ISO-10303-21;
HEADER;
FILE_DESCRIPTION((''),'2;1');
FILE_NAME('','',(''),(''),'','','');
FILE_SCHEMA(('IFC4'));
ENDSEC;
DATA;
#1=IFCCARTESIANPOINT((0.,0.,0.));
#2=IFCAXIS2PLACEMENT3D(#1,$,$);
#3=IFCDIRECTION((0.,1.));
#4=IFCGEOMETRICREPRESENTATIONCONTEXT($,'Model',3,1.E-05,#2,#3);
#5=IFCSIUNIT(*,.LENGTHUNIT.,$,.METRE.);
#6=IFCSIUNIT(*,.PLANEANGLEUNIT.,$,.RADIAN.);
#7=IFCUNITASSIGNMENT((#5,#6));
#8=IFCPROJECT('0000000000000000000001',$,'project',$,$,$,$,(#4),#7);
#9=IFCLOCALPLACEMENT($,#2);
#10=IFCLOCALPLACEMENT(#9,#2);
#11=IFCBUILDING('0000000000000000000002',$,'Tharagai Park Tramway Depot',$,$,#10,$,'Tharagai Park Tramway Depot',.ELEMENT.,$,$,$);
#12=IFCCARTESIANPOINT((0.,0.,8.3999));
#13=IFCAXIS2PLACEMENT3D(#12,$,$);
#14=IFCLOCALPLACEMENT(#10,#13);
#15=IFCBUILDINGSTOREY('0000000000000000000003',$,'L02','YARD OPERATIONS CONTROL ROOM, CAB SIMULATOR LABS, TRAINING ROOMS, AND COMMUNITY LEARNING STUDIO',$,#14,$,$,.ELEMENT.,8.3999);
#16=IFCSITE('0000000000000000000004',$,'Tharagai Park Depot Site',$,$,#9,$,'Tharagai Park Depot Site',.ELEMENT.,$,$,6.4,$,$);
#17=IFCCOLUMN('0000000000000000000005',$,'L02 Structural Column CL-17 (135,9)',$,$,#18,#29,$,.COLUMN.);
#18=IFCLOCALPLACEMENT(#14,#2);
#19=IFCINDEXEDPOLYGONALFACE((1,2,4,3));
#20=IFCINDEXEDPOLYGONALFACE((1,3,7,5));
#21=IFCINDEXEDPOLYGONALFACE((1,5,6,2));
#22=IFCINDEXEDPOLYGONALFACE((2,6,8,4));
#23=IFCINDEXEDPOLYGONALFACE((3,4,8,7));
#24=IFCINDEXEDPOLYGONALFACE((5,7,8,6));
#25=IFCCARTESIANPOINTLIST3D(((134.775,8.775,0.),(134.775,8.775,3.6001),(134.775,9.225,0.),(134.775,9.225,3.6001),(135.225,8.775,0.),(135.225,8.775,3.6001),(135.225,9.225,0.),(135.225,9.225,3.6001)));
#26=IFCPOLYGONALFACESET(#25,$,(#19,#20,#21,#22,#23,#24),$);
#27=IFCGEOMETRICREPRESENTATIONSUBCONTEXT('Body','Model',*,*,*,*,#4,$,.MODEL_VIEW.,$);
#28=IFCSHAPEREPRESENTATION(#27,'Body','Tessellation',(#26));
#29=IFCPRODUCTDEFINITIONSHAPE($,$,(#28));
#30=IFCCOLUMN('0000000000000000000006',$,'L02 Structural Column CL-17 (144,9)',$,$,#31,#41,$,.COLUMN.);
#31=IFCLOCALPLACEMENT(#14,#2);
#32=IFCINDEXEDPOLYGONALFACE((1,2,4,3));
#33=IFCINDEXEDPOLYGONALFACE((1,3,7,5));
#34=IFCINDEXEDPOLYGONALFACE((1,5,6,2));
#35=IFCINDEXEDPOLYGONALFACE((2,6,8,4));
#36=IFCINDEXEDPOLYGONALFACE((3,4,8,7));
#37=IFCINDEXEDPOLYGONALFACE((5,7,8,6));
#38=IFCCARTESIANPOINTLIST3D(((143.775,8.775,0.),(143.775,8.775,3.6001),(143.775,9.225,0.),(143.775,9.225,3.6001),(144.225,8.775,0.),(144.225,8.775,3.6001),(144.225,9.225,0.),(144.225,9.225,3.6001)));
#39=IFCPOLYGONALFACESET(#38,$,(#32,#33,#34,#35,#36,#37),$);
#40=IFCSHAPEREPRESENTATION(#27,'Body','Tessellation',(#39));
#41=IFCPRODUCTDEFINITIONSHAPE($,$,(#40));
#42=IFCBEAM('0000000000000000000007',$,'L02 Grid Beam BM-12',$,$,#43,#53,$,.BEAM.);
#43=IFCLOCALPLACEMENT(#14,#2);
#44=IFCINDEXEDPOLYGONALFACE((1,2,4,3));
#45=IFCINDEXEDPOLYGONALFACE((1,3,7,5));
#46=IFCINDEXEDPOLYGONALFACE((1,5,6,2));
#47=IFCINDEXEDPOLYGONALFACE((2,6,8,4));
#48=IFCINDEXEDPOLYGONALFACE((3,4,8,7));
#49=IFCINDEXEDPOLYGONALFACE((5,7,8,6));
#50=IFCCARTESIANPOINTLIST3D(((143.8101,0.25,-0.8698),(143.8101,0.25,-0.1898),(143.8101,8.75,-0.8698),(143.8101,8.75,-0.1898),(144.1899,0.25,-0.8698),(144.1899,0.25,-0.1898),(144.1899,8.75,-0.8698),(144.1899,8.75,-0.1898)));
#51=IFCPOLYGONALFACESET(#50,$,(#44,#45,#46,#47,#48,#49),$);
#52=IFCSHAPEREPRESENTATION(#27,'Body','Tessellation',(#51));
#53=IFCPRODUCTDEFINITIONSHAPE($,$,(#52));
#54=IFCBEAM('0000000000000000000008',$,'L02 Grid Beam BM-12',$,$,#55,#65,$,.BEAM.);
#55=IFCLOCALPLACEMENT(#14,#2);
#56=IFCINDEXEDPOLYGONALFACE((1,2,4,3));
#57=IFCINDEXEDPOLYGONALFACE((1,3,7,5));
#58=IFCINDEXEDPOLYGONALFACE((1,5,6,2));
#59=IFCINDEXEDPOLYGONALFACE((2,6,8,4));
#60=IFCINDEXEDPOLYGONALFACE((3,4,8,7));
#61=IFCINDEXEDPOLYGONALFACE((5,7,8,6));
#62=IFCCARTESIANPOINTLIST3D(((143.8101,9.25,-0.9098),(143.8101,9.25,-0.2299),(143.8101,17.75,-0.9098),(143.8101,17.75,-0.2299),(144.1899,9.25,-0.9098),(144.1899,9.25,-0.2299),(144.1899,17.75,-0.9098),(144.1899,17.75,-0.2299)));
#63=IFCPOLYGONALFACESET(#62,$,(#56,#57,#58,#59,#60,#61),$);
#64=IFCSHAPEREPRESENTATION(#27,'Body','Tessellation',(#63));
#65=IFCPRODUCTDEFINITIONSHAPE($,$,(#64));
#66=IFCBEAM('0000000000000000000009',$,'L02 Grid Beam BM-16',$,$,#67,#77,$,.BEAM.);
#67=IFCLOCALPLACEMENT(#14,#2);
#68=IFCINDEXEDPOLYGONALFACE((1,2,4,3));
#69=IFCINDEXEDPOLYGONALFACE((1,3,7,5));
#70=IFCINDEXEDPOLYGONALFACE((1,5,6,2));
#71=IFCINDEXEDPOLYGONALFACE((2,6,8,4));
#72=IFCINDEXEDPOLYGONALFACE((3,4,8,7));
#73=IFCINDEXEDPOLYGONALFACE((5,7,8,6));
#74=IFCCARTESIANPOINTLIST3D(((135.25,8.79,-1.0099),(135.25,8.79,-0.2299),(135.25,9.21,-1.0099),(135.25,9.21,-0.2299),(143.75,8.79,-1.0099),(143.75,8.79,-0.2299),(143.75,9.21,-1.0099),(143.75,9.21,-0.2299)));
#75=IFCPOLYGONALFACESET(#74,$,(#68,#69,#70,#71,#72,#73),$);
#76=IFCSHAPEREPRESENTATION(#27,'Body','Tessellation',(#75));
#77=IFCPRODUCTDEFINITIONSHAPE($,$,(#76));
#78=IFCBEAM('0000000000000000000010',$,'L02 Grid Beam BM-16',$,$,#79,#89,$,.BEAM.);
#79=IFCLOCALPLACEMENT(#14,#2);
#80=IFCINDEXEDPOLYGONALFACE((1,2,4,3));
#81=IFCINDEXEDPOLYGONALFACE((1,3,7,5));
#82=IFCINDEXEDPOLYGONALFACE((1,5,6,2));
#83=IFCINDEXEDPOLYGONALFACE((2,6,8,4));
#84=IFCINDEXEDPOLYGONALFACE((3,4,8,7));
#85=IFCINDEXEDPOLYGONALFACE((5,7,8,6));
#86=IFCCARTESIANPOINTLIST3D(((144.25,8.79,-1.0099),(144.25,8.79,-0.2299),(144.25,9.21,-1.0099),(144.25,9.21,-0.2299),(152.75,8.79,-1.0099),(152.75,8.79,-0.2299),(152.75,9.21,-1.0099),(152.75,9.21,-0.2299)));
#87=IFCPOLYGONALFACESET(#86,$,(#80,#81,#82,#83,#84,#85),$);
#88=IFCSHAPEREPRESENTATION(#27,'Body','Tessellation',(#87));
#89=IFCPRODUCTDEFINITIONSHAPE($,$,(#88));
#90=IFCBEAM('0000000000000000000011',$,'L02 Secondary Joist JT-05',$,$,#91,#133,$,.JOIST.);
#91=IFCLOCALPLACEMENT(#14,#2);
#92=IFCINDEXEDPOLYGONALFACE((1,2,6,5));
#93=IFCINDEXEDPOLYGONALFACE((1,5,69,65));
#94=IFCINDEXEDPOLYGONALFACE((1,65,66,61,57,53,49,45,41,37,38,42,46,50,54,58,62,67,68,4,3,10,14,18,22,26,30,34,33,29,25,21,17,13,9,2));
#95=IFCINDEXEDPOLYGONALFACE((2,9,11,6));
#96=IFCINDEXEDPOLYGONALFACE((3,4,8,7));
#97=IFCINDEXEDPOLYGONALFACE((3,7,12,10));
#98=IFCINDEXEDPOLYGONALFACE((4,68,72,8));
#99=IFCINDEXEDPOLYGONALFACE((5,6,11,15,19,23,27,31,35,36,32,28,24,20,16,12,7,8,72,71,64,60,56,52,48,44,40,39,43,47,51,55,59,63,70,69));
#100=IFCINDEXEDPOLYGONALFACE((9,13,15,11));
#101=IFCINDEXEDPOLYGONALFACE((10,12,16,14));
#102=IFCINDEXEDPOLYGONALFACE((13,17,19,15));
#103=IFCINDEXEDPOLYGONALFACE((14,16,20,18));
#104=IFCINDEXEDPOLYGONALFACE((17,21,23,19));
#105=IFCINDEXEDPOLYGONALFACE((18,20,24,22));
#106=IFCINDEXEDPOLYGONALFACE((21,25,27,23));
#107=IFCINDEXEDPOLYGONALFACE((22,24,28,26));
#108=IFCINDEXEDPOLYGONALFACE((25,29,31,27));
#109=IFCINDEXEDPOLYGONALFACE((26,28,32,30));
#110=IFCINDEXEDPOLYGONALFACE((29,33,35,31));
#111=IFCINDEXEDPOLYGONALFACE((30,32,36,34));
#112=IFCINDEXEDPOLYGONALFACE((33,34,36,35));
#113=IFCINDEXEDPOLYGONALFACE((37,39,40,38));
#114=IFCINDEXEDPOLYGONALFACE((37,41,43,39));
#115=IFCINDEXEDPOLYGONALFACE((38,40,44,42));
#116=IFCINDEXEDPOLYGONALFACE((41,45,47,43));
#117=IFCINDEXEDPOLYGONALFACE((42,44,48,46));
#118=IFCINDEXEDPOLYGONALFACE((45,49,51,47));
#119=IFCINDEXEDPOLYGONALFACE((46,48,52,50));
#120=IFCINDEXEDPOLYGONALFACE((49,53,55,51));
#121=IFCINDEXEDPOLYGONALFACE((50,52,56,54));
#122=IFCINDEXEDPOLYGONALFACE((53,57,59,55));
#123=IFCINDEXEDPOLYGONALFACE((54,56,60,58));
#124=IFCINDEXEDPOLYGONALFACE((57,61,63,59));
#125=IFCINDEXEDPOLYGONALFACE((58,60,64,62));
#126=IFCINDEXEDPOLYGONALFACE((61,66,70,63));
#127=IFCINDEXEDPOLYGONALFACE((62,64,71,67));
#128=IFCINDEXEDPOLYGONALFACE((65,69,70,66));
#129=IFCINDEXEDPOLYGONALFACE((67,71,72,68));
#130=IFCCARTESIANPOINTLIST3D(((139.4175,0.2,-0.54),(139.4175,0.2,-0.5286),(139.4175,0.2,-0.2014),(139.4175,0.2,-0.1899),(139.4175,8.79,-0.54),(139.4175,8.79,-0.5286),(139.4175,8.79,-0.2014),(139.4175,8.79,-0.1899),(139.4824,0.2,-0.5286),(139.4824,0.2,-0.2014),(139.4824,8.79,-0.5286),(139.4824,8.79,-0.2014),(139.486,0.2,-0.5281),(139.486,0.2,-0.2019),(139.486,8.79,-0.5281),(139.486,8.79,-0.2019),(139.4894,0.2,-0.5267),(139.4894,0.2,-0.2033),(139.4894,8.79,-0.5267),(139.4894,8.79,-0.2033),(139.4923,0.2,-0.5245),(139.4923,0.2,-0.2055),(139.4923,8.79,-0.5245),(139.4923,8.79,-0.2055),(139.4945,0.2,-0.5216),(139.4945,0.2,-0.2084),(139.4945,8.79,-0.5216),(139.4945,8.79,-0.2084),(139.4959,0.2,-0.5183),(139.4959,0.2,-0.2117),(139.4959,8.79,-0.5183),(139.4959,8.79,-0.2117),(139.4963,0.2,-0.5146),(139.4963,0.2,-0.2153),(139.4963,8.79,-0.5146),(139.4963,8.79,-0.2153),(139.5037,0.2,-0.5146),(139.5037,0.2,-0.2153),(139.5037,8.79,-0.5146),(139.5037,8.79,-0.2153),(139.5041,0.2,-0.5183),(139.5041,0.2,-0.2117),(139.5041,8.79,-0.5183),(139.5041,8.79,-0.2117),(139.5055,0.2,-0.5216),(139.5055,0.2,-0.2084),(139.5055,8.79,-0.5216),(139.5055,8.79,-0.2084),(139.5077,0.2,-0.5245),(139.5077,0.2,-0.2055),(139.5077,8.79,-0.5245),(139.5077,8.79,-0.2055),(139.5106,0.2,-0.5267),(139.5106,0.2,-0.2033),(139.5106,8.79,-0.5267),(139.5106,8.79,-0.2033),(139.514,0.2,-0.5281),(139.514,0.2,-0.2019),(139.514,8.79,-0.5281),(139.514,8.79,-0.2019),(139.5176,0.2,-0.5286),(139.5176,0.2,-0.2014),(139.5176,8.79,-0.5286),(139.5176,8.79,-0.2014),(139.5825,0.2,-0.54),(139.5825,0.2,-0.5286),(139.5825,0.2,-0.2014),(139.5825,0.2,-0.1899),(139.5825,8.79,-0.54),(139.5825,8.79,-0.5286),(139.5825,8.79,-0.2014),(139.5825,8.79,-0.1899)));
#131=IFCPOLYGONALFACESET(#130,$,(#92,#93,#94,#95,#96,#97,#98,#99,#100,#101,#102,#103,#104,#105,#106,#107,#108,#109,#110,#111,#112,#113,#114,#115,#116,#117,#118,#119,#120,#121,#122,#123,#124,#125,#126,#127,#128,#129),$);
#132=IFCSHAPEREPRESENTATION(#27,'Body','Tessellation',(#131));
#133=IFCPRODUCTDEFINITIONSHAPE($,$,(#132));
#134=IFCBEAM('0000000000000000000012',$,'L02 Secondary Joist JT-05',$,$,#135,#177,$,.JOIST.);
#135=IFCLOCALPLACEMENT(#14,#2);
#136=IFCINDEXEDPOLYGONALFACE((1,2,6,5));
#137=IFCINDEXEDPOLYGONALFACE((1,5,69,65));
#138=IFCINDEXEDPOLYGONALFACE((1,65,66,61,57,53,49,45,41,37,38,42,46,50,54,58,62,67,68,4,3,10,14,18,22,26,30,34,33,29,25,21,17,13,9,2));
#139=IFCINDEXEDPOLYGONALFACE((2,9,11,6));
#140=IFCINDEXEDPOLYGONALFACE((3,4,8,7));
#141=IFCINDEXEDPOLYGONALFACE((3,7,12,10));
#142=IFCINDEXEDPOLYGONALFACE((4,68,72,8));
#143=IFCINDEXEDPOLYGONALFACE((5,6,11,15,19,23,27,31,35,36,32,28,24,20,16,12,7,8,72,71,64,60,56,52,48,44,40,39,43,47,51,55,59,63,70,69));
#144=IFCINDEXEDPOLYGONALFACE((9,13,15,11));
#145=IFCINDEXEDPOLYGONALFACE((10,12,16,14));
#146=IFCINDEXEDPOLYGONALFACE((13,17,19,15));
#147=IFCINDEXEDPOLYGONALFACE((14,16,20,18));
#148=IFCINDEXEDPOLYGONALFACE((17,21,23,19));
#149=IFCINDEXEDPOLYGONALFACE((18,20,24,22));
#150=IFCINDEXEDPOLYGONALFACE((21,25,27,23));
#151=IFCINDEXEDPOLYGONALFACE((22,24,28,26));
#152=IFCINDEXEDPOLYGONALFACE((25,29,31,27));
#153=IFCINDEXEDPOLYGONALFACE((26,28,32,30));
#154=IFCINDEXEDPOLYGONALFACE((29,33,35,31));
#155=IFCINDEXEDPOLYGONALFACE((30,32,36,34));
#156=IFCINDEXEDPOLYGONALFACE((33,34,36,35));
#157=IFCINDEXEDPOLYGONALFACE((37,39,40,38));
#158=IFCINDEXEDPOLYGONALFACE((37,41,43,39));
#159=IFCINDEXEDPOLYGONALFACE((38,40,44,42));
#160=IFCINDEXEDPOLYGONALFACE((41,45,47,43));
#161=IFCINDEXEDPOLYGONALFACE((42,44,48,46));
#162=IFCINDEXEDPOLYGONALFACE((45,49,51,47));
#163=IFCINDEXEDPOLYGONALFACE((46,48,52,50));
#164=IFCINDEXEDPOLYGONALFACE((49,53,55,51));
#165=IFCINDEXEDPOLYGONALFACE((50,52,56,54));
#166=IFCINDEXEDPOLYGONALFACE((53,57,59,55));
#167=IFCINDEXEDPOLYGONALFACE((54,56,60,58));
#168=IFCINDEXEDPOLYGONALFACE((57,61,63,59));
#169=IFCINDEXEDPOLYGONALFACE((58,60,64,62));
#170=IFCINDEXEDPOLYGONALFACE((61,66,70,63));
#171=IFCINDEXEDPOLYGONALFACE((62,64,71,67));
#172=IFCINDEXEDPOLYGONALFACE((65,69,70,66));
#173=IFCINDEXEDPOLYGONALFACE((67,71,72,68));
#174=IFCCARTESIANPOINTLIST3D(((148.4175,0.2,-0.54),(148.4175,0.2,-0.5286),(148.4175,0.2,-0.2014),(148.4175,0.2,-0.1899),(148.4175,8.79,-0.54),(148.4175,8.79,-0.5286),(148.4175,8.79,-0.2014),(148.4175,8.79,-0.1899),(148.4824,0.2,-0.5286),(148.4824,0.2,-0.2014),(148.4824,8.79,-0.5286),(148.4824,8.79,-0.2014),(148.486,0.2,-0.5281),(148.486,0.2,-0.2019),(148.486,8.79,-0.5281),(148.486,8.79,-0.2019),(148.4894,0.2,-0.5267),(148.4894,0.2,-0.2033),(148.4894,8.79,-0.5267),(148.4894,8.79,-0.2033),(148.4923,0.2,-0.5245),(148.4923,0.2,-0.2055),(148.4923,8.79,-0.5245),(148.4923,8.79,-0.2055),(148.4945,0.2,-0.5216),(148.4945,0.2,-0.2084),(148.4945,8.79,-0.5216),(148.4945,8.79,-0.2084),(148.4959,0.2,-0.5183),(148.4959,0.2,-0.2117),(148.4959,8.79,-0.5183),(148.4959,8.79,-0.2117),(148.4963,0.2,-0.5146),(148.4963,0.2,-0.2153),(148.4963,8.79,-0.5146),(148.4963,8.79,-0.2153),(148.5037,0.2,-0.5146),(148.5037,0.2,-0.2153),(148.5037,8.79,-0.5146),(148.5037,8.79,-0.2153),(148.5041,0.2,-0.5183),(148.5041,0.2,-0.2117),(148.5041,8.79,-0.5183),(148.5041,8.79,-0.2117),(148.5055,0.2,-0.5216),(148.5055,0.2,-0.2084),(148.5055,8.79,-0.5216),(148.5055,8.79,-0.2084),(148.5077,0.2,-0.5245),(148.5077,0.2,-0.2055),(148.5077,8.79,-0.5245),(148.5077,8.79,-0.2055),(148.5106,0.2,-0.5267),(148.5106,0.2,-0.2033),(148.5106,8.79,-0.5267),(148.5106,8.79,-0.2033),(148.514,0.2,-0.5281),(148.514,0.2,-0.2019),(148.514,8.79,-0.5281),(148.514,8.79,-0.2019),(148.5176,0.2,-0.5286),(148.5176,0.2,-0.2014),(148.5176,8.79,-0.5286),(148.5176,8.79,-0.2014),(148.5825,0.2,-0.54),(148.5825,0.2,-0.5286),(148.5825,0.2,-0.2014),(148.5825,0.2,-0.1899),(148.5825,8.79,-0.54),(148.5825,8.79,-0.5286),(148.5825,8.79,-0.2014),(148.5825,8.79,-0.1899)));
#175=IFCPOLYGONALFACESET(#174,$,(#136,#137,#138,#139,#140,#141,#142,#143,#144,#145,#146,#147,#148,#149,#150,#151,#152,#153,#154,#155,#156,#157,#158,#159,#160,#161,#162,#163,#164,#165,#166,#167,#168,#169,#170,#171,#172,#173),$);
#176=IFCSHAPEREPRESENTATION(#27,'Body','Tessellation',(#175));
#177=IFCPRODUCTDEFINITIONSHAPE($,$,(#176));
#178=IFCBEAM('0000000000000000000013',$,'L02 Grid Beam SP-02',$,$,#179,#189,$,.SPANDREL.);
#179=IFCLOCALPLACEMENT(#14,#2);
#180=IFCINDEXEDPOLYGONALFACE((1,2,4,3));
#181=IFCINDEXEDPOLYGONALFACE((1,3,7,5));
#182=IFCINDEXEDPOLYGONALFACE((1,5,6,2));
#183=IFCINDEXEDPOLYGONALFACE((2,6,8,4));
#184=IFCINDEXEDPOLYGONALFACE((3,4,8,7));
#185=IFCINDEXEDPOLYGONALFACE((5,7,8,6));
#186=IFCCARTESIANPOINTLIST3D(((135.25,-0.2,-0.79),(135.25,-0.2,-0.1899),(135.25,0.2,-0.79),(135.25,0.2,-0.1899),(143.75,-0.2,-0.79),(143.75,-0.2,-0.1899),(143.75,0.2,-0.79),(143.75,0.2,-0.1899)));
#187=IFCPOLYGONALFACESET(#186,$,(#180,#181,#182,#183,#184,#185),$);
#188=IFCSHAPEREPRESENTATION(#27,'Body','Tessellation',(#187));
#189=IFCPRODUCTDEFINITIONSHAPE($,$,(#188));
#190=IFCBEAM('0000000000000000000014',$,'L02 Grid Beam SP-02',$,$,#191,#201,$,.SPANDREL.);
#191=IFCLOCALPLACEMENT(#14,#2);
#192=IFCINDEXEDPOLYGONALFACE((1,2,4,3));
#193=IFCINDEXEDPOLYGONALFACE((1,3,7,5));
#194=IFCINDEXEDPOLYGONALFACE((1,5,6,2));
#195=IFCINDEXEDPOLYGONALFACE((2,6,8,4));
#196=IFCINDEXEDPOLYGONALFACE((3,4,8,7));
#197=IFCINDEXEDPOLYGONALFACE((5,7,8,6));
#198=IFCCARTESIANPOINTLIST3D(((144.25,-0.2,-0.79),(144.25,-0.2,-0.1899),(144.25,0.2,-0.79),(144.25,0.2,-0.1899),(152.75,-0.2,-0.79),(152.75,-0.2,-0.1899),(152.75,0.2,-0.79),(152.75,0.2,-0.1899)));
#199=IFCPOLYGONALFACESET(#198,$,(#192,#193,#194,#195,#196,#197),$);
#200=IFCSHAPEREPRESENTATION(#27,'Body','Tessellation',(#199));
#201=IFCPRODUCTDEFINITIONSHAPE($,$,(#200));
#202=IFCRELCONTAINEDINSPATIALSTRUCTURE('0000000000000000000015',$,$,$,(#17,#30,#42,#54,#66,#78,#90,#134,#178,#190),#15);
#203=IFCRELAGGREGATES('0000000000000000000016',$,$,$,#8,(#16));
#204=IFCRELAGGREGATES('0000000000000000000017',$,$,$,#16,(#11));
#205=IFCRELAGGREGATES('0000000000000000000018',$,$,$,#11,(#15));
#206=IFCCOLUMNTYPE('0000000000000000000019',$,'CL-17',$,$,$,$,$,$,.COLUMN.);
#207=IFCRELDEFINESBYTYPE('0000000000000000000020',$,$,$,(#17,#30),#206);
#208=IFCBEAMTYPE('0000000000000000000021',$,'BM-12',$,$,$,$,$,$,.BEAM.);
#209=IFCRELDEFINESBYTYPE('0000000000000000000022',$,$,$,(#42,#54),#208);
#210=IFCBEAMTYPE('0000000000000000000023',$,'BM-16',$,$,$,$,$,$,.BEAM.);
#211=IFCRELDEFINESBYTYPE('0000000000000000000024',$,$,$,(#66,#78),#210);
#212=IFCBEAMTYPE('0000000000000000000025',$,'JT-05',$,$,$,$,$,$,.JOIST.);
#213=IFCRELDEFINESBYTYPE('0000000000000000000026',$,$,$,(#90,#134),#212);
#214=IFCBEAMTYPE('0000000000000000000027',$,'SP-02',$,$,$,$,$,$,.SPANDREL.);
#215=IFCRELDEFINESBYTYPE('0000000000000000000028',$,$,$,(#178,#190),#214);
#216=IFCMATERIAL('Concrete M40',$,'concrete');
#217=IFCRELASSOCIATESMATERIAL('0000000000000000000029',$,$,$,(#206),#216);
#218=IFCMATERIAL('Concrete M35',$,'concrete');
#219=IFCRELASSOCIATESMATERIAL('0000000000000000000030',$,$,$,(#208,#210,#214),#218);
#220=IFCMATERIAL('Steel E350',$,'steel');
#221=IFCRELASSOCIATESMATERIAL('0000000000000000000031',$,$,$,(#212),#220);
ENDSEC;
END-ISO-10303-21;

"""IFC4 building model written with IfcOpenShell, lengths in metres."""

from ifc_helpers import new_model, si_unit, direction, frame, origin, origin_2d, place, context, subcontext, project, spatial, rectangle, i_section, extrude, material, material_profile, profile_set, type_object, element, save


model = new_model("IFC4")

# Units and contexts
model_context = context("Model", 3, precision=1e-05, world=origin(), true_north=direction((0.0, 1.0)))
body_context = subcontext(model_context, "Body", "Model", "MODEL_VIEW")
ifc_project = project(units=[si_unit("LENGTHUNIT", "METRE"), si_unit("PLANEANGLEUNIT", "RADIAN")], contexts=[model_context])

# Site, building, storey
site_placement = place(None, origin())
site = spatial("IfcSite", under=ifc_project, at=site_placement, Name="Tharagai Park Depot Site", LongName="Tharagai Park Depot Site", CompositionType="ELEMENT", RefElevation=6.4)
building_placement = place(site_placement, origin())
building = spatial("IfcBuilding", under=site, at=building_placement, Name="Tharagai Park Tramway Depot", LongName="Tharagai Park Tramway Depot", CompositionType="ELEMENT")
storey_placement = place(building_placement, frame((0.0, 0.0, 8.3999)))
storey = spatial("IfcBuildingStorey", under=building, at=storey_placement, Name="L02", Description="YARD OPERATIONS CONTROL ROOM, CAB SIMULATOR LABS, TRAINING ROOMS, AND COMMUNITY LEARNING STUDIO", CompositionType="ELEMENT", Elevation=8.3999)

# Columns
ifc_material_1 = material(Name="Concrete M40", Category="concrete")
ifc_material_profile_1 = material_profile(ifc_material_1, rectangle(XDim=0.45, YDim=0.45, at=origin_2d()), Name="RC 450x450")
ifc_profile_set_1 = profile_set([ifc_material_profile_1], Name="Concrete M40")
column_type = type_object("IfcColumnType", Name="CL-17", PredefinedType="COLUMN", material=ifc_profile_set_1)
for number, where, z_axis, x_axis, name in (
    (1, (135.0, 9.0, 0.0), (0.0, 0.0, 1.0), (1.0, 0.0, 0.0), "L02 Structural Column CL-17 (135,9)"),
    (2, (144.0, 9.0, 0.0), (0.0, 0.0, 1.0), (1.0, 0.0, 0.0), "L02 Structural Column CL-17 (144,9)"),
):
    element("IfcColumn", number, at=place(storey_placement, frame(where, z_axis=z_axis, x_axis=x_axis)), inside=storey, type_object=column_type, Name=name, PredefinedType="COLUMN", context=body_context, shape_type="SweptSolid", body=[
        extrude(rectangle(XDim=0.45, YDim=0.45, at=origin_2d()), origin(), (0.0, 0.0, 1.0), 3.6001),
    ])

# Beams
ifc_material_2 = material(Name="Concrete M35", Category="concrete")
ifc_material_profile_2 = material_profile(ifc_material_2, rectangle(XDim=0.3799, YDim=0.6799, at=origin_2d()), Name="RC 380x680")
ifc_profile_set_2 = profile_set([ifc_material_profile_2], Name="Concrete M35")
beam_type_1 = type_object("IfcBeamType", Name="BM-12", PredefinedType="BEAM", material=ifc_profile_set_2)
for number, where, z_axis, x_axis, name in (
    (3, (144.0, 0.25, -0.5298), (0.0, 1.0, 0.0), (-1.0, 0.0, 0.0), "L02 Grid Beam BM-12"),
    (4, (144.0, 9.25, -0.5698), (0.0, 1.0, 0.0), (-1.0, 0.0, 0.0), "L02 Grid Beam BM-12"),
):
    element("IfcBeam", number, at=place(storey_placement, frame(where, z_axis=z_axis, x_axis=x_axis)), inside=storey, type_object=beam_type_1, Name=name, PredefinedType="BEAM", context=body_context, shape_type="SweptSolid", body=[
        extrude(rectangle(XDim=0.3799, YDim=0.6799, at=origin_2d()), origin(), (0.0, 0.0, 1.0), 8.5),
    ])
ifc_material_profile_3 = material_profile(ifc_material_2, rectangle(XDim=0.4199, YDim=0.78, at=origin_2d()), Name="RC 420x780")
ifc_profile_set_3 = profile_set([ifc_material_profile_3], Name="Concrete M35")
beam_type_2 = type_object("IfcBeamType", Name="BM-16", PredefinedType="BEAM", material=ifc_profile_set_3)
for number, where, z_axis, x_axis, name in (
    (5, (135.25, 9.0, -0.6199), (1.0, 0.0, 0.0), (0.0, 1.0, 0.0), "L02 Grid Beam BM-16"),
    (6, (144.25, 9.0, -0.6199), (1.0, 0.0, 0.0), (0.0, 1.0, 0.0), "L02 Grid Beam BM-16"),
):
    element("IfcBeam", number, at=place(storey_placement, frame(where, z_axis=z_axis, x_axis=x_axis)), inside=storey, type_object=beam_type_2, Name=name, PredefinedType="BEAM", context=body_context, shape_type="SweptSolid", body=[
        extrude(rectangle(XDim=0.4199, YDim=0.78, at=origin_2d()), origin(), (0.0, 0.0, 1.0), 8.5),
    ])
ifc_material_3 = material(Name="Steel E350", Category="steel")
ifc_material_profile_4 = material_profile(ifc_material_3, i_section(OverallWidth=0.165, OverallDepth=0.3501, WebThickness=0.0073, FlangeThickness=0.0115, FilletRadius=0.0139, at=origin_2d()), Name="ISLB 350")
ifc_profile_set_4 = profile_set([ifc_material_profile_4], Name="Steel E350")
beam_type_3 = type_object("IfcBeamType", Name="JT-05", PredefinedType="JOIST", material=ifc_profile_set_4)
for number, where, z_axis, x_axis, name in (
    (7, (139.5, 0.2, -0.365), (0.0, 1.0, 0.0), (-1.0, 0.0, 0.0), "L02 Secondary Joist JT-05"),
    (8, (148.5, 0.2, -0.365), (0.0, 1.0, 0.0), (-1.0, 0.0, 0.0), "L02 Secondary Joist JT-05"),
):
    element("IfcBeam", number, at=place(storey_placement, frame(where, z_axis=z_axis, x_axis=x_axis)), inside=storey, type_object=beam_type_3, Name=name, PredefinedType="JOIST", context=body_context, shape_type="SweptSolid", body=[
        extrude(i_section(OverallWidth=0.165, OverallDepth=0.3501, WebThickness=0.0073, FlangeThickness=0.0115, FilletRadius=0.0139, at=origin_2d()), origin(), (0.0, 0.0, 1.0), 8.5901),
    ])
ifc_material_profile_5 = material_profile(ifc_material_2, rectangle(XDim=0.3999, YDim=0.6001, at=origin_2d()), Name="RC 400x600")
ifc_profile_set_5 = profile_set([ifc_material_profile_5], Name="Concrete M35")
beam_type_4 = type_object("IfcBeamType", Name="SP-02", PredefinedType="SPANDREL", material=ifc_profile_set_5)
for number, where, z_axis, x_axis, name in (
    (9, (135.25, 0.0, -0.49), (1.0, 0.0, 0.0), (0.0, 1.0, 0.0), "L02 Grid Beam SP-02"),
    (10, (144.25, 0.0, -0.49), (1.0, 0.0, 0.0), (0.0, 1.0, 0.0), "L02 Grid Beam SP-02"),
):
    element("IfcBeam", number, at=place(storey_placement, frame(where, z_axis=z_axis, x_axis=x_axis)), inside=storey, type_object=beam_type_4, Name=name, PredefinedType="SPANDREL", context=body_context, shape_type="SweptSolid", body=[
        extrude(rectangle(XDim=0.3999, YDim=0.6001, at=origin_2d()), origin(), (0.0, 0.0, 1.0), 8.5),
    ])

save(model, "model.ifc")
